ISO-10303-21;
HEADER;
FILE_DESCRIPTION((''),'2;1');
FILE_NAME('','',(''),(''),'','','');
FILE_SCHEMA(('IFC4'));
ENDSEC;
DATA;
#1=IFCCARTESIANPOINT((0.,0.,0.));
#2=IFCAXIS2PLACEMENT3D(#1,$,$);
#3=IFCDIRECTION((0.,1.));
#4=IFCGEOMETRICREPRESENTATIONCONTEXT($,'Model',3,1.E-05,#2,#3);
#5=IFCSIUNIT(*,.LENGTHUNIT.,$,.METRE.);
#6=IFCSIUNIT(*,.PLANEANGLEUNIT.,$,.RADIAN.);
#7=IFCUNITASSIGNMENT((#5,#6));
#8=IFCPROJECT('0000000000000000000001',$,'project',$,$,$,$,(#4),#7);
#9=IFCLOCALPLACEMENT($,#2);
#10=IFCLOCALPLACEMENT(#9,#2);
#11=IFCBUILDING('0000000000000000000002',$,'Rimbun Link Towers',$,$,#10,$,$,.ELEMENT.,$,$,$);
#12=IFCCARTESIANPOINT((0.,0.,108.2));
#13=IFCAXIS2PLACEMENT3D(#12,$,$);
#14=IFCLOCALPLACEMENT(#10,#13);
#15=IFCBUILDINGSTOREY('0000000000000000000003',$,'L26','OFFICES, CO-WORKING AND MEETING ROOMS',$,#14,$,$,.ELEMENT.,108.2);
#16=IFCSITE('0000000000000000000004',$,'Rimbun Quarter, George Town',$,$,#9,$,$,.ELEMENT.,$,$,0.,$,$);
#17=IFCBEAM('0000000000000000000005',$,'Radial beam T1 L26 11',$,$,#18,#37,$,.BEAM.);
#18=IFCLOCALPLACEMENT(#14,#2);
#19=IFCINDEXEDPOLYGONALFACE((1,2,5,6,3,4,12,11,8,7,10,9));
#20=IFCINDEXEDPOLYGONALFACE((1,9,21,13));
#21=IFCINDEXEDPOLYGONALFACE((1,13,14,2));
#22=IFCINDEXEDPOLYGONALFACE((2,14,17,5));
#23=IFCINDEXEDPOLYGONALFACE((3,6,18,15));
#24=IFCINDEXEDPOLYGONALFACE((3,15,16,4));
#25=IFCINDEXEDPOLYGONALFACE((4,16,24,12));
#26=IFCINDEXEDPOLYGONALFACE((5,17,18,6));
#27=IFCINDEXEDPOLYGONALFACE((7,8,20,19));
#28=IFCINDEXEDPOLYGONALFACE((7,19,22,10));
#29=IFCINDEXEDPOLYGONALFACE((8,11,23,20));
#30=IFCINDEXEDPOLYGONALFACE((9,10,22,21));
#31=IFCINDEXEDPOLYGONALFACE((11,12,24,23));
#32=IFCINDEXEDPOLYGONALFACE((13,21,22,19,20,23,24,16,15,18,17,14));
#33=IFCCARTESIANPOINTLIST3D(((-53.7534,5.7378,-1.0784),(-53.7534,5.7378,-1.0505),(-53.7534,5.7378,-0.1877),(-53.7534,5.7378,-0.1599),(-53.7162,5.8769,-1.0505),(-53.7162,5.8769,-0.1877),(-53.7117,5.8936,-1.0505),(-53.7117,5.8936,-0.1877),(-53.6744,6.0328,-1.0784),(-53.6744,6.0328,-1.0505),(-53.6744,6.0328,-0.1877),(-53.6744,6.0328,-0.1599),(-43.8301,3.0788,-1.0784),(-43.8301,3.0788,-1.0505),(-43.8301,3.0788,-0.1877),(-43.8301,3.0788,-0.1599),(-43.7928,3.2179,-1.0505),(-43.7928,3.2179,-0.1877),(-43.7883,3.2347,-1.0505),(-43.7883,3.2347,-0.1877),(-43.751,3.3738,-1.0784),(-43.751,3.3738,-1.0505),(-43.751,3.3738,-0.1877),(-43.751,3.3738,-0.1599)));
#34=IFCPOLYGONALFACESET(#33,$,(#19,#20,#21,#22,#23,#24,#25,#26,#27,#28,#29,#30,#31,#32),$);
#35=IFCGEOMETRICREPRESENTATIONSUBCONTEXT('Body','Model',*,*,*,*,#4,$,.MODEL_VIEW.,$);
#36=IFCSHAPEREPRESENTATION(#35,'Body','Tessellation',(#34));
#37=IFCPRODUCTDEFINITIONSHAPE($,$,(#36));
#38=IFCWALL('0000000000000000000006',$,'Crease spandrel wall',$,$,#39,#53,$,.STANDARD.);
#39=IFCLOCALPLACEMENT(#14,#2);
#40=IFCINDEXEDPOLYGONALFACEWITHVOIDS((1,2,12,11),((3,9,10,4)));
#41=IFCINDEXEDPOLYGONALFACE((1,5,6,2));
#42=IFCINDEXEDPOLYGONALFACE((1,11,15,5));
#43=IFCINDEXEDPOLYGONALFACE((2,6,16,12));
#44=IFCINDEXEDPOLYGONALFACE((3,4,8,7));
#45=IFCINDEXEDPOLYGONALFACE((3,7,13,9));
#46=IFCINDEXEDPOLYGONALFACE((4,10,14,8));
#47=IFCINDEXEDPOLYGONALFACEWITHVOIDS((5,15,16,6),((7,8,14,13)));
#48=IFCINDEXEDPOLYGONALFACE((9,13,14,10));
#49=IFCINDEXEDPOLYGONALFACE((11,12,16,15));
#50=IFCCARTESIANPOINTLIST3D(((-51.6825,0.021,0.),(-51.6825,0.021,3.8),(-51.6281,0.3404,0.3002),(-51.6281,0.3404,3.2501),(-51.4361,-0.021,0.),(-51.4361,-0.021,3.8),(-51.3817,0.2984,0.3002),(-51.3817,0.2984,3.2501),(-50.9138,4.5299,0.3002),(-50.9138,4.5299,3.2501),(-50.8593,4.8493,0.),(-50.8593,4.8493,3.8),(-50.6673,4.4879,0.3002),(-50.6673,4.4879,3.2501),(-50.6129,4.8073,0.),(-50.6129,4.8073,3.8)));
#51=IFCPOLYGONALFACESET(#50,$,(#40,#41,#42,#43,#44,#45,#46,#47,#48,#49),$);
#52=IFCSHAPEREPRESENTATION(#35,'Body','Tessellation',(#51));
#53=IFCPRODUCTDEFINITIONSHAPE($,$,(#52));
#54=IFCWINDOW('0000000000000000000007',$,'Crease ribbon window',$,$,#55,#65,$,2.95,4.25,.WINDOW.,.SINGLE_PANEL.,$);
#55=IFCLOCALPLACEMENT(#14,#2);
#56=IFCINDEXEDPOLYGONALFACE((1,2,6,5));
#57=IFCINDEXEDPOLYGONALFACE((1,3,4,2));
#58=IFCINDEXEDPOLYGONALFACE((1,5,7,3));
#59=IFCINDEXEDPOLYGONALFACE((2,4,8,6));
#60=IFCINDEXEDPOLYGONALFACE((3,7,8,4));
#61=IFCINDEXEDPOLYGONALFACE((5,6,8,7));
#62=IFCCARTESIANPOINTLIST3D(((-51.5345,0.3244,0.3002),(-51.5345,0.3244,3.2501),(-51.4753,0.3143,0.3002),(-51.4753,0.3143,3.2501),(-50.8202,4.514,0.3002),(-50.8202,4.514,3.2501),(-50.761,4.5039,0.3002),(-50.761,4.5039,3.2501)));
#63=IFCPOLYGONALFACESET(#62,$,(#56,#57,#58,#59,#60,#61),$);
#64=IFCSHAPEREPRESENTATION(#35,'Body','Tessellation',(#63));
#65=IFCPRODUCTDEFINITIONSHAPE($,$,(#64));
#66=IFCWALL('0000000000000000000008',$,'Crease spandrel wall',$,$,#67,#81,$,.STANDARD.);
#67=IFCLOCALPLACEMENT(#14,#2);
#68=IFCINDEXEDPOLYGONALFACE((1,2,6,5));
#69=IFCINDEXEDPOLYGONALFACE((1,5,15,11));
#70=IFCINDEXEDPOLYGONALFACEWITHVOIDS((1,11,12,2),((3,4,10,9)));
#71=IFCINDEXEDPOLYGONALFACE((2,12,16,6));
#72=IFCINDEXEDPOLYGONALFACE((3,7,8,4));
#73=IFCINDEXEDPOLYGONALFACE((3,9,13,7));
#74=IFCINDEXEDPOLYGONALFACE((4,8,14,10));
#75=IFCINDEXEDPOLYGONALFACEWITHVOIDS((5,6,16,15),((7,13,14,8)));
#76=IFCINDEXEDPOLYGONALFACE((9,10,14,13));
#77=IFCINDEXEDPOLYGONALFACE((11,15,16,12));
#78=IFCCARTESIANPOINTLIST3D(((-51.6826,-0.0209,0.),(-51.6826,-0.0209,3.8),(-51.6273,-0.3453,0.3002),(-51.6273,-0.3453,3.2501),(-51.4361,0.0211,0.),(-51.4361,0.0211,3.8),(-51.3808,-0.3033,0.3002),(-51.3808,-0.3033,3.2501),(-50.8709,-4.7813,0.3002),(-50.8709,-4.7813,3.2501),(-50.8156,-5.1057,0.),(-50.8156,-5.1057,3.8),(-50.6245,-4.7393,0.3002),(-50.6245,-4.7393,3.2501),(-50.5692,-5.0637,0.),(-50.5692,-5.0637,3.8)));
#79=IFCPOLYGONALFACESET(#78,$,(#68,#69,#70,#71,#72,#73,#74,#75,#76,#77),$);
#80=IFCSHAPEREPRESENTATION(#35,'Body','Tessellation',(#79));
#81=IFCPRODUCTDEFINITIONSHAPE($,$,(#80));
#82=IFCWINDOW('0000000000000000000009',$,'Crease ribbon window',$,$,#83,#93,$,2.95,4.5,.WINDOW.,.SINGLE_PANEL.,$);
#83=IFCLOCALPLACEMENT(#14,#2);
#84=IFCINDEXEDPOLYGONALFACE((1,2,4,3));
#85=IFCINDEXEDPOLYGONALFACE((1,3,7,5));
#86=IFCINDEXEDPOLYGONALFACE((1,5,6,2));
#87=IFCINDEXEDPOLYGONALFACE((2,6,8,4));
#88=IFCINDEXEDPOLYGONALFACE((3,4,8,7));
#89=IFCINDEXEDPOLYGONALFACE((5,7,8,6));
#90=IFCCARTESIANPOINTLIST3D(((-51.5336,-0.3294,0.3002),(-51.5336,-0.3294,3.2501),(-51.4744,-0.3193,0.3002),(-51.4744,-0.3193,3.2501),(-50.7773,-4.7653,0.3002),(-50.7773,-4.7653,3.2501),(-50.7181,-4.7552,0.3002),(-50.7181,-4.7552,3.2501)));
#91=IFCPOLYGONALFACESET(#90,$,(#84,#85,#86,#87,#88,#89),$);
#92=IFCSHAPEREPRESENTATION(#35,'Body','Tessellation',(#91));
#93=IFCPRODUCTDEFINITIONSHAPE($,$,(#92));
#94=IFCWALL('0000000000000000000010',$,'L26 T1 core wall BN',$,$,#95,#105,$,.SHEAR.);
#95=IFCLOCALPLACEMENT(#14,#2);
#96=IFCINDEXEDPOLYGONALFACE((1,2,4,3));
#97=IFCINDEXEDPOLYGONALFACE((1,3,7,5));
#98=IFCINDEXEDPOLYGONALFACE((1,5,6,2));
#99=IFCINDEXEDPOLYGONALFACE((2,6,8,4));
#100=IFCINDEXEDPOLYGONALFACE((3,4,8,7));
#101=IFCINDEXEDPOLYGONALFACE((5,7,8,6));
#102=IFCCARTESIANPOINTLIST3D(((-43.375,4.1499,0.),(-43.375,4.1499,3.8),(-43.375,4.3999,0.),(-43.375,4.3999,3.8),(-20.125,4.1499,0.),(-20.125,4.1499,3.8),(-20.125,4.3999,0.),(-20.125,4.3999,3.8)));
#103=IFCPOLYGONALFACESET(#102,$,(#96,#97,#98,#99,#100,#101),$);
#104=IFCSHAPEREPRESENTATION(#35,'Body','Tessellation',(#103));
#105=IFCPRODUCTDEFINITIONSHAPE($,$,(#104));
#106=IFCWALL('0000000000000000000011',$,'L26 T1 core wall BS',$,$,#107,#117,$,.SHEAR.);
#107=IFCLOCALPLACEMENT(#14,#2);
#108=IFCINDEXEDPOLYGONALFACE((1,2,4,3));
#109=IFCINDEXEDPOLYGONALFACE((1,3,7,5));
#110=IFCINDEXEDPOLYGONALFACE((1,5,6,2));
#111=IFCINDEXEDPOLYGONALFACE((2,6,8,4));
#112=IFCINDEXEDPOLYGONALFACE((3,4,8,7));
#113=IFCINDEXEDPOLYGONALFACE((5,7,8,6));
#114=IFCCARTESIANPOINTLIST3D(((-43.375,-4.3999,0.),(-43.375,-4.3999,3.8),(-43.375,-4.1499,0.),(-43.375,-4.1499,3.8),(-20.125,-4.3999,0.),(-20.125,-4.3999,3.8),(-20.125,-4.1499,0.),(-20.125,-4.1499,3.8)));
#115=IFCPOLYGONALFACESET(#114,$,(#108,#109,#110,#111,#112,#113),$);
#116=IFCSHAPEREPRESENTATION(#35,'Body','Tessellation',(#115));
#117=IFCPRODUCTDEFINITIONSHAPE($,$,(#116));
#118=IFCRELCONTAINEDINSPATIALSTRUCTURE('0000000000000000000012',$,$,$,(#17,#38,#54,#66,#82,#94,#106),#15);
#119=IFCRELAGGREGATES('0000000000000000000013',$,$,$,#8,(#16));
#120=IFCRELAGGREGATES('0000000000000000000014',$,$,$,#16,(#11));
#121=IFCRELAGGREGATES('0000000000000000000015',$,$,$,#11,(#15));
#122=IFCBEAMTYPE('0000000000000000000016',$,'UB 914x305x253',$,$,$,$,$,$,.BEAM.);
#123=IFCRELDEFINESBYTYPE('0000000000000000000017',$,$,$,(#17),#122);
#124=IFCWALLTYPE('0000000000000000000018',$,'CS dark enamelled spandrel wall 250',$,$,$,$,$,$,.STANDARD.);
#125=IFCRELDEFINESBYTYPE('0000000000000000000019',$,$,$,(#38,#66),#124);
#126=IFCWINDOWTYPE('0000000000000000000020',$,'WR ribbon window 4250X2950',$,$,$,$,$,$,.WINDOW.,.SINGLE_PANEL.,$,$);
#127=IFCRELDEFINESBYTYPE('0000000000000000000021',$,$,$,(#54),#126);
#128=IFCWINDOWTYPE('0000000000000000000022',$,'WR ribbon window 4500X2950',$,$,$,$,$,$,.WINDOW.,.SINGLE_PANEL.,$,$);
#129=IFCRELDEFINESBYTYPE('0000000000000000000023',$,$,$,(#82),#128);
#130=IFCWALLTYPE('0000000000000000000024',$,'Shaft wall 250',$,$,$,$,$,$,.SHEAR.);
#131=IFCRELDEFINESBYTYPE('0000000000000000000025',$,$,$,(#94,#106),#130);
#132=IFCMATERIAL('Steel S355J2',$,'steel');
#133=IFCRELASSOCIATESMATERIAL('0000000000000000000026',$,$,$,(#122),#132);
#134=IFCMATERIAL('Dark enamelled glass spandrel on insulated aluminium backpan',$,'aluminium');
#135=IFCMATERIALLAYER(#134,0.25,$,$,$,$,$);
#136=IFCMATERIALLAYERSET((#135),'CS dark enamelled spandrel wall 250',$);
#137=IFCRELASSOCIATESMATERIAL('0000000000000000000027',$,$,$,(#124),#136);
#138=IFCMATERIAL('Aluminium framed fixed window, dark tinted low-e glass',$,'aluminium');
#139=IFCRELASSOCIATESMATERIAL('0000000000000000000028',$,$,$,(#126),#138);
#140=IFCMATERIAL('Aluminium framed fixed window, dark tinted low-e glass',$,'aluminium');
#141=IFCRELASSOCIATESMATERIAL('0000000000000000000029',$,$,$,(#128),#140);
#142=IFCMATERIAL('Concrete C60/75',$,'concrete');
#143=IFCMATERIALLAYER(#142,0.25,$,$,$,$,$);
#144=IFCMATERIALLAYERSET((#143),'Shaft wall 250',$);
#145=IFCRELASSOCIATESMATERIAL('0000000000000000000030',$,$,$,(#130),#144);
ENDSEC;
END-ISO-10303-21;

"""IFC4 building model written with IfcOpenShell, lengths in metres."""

from ifc_helpers import new_model, si_unit, direction, frame, frame_2d, origin, origin_2d, place, context, subcontext, project, spatial, rectangle, i_section, extrude, material, layer, layer_set, material_profile, profile_set, type_object, element, fill, save


model = new_model("IFC4")

# Units and contexts
model_context = context("Model", 3, precision=1e-05, world=origin(), true_north=direction((0.0, 1.0)))
body_context = subcontext(model_context, "Body", "Model", "MODEL_VIEW")
ifc_project = project(units=[si_unit("LENGTHUNIT", "METRE"), si_unit("PLANEANGLEUNIT", "RADIAN")], contexts=[model_context])

# Site, building, storey
site_placement = place(None, origin())
site = spatial("IfcSite", under=ifc_project, at=site_placement, Name="Rimbun Quarter, George Town", CompositionType="ELEMENT", RefElevation=0.0)
building_placement = place(site_placement, origin())
building = spatial("IfcBuilding", under=site, at=building_placement, Name="Rimbun Link Towers", CompositionType="ELEMENT")
storey_placement = place(building_placement, frame((0.0, 0.0, 108.2)))
storey = spatial("IfcBuildingStorey", under=building, at=storey_placement, Name="L26", Description="OFFICES, CO-WORKING AND MEETING ROOMS", CompositionType="ELEMENT", Elevation=108.2)

# Beam
ifc_material_1 = material(Name="Steel S355J2", Category="steel")
ifc_material_profile_1 = material_profile(ifc_material_1, i_section(OverallWidth=0.3054, OverallDepth=0.9185, WebThickness=0.0173, FlangeThickness=0.0278, at=origin_2d()), Name="UB 914x305x253")
ifc_profile_set_1 = profile_set([ifc_material_profile_1], Name="Steel S355J2")
beam_type_1 = type_object("IfcBeamType", Name="UB 914x305x253", PredefinedType="BEAM", material=ifc_profile_set_1)
beam_1_placement = place(storey_placement, frame((-43.7905, 3.2263, -0.6191), z_axis=(-0.965926, 0.258818, 0.0), x_axis=(-0.258818, -0.965926, 0.0)))
element("IfcBeam", 1, at=beam_1_placement, inside=storey, type_object=beam_type_1, Name="Radial beam T1 L26 11", PredefinedType="BEAM", context=body_context, shape_type="SweptSolid", body=[
    extrude(i_section(OverallWidth=0.3054, OverallDepth=0.9185, WebThickness=0.0173, FlangeThickness=0.0278, at=origin_2d()), origin(), (0.0, 0.0, 1.0), 10.2734),
])

# Walls, openings, windows
ifc_material_2 = material(Name="Dark enamelled glass spandrel on insulated aluminium backpan", Category="aluminium")
ifc_layer_1 = layer(ifc_material_2, 0.25)
ifc_layer_set_1 = layer_set([ifc_layer_1], Name="CS dark enamelled spandrel wall 250")
wall_type_1 = type_object("IfcWallType", Name="CS dark enamelled spandrel wall 250", PredefinedType="STANDARD", material=ifc_layer_set_1)
wall_1_placement = place(storey_placement, frame((-51.5593, 0.0, 0.0), z_axis=(0.0, 0.0, 1.0), x_axis=(0.168076, 0.985774, 0.0)))
wall_1 = element("IfcWall", 2, at=wall_1_placement, inside=storey, type_object=wall_type_1, Name="Crease spandrel wall", PredefinedType="STANDARD", context=body_context, shape_type="SweptSolid", body=[
    extrude(rectangle(XDim=4.8979, YDim=0.25, at=frame_2d((2.449, 0.0))), origin(), (0.0, 0.0, 1.0), 3.8),
])
opening_1_placement = place(wall_1_placement, frame((0.324, 0.0, 0.3)))
opening_1 = element("IfcOpeningElement", 3, at=opening_1_placement, cuts=wall_1, PredefinedType="OPENING", context=body_context, shape_type="SweptSolid", body=[
    extrude(rectangle(XDim=4.25, YDim=2.95, at=frame_2d((2.125, 1.4751))), frame((0.0, 0.135, 0.0), z_axis=(0.0, -1.0, 0.0), x_axis=(1.0, 0.0, 0.0)), (0.0, 0.0, 1.0), 0.27),
])
ifc_material_3 = material(Name="Aluminium framed fixed window, dark tinted low-e glass", Category="aluminium")
window_type_1 = type_object("IfcWindowType", Name="WR ribbon window 4250X2950", PartitioningType="SINGLE_PANEL", PredefinedType="WINDOW", material=ifc_material_3)
window_1_placement = place(opening_1_placement, origin())
window_1 = element("IfcWindow", 4, at=window_1_placement, inside=storey, type_object=window_type_1, Name="Crease ribbon window", OverallHeight=2.95, OverallWidth=4.25, PartitioningType="SINGLE_PANEL", PredefinedType="WINDOW", context=body_context, shape_type="SweptSolid", body=[
    extrude(rectangle(XDim=4.25, YDim=2.95, at=frame_2d((2.125, 1.4751))), frame((0.0, 0.03, 0.0), z_axis=(0.0, -1.0, 0.0), x_axis=(1.0, 0.0, 0.0)), (0.0, 0.0, 1.0), 0.0601),
])
fill(opening_1, window_1)
wall_2_placement = place(storey_placement, frame((-50.6924, -5.0847, 0.0), z_axis=(0.0, 0.0, 1.0), x_axis=(-0.168074, 0.985774, 0.0)))
wall_2 = element("IfcWall", 5, at=wall_2_placement, inside=storey, type_object=wall_type_1, Name="Crease spandrel wall", PredefinedType="STANDARD", context=body_context, shape_type="SweptSolid", body=[
    extrude(rectangle(XDim=5.1582, YDim=0.25, at=frame_2d((2.5791, 0.0))), origin(), (0.0, 0.0, 1.0), 3.8),
])
opening_2_placement = place(wall_2_placement, frame((0.3291, 0.0, 0.3)))
opening_2 = element("IfcOpeningElement", 6, at=opening_2_placement, cuts=wall_2, PredefinedType="OPENING", context=body_context, shape_type="SweptSolid", body=[
    extrude(rectangle(XDim=4.5, YDim=2.95, at=frame_2d((2.25, 1.4751))), frame((0.0, 0.135, 0.0), z_axis=(0.0, -1.0, 0.0), x_axis=(1.0, 0.0, 0.0)), (0.0, 0.0, 1.0), 0.27),
])
ifc_material_4 = material(Name="Aluminium framed fixed window, dark tinted low-e glass", Category="aluminium")
window_type_2 = type_object("IfcWindowType", Name="WR ribbon window 4500X2950", PartitioningType="SINGLE_PANEL", PredefinedType="WINDOW", material=ifc_material_4)
window_2_placement = place(opening_2_placement, origin())
window_2 = element("IfcWindow", 7, at=window_2_placement, inside=storey, type_object=window_type_2, Name="Crease ribbon window", OverallHeight=2.95, OverallWidth=4.5, PartitioningType="SINGLE_PANEL", PredefinedType="WINDOW", context=body_context, shape_type="SweptSolid", body=[
    extrude(rectangle(XDim=4.5, YDim=2.95, at=frame_2d((2.25, 1.4751))), frame((0.0, 0.03, 0.0), z_axis=(0.0, -1.0, 0.0), x_axis=(1.0, 0.0, 0.0)), (0.0, 0.0, 1.0), 0.0601),
])
fill(opening_2, window_2)

# Walls
ifc_material_5 = material(Name="Concrete C60/75", Category="concrete")
ifc_layer_2 = layer(ifc_material_5, 0.25)
ifc_layer_set_2 = layer_set([ifc_layer_2], Name="Shaft wall 250")
wall_type_2 = type_object("IfcWallType", Name="Shaft wall 250", PredefinedType="SHEAR", material=ifc_layer_set_2)
for number, where, z_axis, x_axis, name in (
    (8, (-43.375, 4.2749, 0.0), (0.0, 0.0, 1.0), (1.0, 0.0, 0.0), "L26 T1 core wall BN"),
    (9, (-43.375, -4.2749, 0.0), (0.0, 0.0, 1.0), (1.0, 0.0, 0.0), "L26 T1 core wall BS"),
):
    element("IfcWall", number, at=place(storey_placement, frame(where, z_axis=z_axis, x_axis=x_axis)), inside=storey, type_object=wall_type_2, Name=name, PredefinedType="SHEAR", context=body_context, shape_type="SweptSolid", body=[
        extrude(rectangle(XDim=23.25, YDim=0.25, at=frame_2d((11.625, 0.0))), origin(), (0.0, 0.0, 1.0), 3.8),
    ])

save(model, "model.ifc")
